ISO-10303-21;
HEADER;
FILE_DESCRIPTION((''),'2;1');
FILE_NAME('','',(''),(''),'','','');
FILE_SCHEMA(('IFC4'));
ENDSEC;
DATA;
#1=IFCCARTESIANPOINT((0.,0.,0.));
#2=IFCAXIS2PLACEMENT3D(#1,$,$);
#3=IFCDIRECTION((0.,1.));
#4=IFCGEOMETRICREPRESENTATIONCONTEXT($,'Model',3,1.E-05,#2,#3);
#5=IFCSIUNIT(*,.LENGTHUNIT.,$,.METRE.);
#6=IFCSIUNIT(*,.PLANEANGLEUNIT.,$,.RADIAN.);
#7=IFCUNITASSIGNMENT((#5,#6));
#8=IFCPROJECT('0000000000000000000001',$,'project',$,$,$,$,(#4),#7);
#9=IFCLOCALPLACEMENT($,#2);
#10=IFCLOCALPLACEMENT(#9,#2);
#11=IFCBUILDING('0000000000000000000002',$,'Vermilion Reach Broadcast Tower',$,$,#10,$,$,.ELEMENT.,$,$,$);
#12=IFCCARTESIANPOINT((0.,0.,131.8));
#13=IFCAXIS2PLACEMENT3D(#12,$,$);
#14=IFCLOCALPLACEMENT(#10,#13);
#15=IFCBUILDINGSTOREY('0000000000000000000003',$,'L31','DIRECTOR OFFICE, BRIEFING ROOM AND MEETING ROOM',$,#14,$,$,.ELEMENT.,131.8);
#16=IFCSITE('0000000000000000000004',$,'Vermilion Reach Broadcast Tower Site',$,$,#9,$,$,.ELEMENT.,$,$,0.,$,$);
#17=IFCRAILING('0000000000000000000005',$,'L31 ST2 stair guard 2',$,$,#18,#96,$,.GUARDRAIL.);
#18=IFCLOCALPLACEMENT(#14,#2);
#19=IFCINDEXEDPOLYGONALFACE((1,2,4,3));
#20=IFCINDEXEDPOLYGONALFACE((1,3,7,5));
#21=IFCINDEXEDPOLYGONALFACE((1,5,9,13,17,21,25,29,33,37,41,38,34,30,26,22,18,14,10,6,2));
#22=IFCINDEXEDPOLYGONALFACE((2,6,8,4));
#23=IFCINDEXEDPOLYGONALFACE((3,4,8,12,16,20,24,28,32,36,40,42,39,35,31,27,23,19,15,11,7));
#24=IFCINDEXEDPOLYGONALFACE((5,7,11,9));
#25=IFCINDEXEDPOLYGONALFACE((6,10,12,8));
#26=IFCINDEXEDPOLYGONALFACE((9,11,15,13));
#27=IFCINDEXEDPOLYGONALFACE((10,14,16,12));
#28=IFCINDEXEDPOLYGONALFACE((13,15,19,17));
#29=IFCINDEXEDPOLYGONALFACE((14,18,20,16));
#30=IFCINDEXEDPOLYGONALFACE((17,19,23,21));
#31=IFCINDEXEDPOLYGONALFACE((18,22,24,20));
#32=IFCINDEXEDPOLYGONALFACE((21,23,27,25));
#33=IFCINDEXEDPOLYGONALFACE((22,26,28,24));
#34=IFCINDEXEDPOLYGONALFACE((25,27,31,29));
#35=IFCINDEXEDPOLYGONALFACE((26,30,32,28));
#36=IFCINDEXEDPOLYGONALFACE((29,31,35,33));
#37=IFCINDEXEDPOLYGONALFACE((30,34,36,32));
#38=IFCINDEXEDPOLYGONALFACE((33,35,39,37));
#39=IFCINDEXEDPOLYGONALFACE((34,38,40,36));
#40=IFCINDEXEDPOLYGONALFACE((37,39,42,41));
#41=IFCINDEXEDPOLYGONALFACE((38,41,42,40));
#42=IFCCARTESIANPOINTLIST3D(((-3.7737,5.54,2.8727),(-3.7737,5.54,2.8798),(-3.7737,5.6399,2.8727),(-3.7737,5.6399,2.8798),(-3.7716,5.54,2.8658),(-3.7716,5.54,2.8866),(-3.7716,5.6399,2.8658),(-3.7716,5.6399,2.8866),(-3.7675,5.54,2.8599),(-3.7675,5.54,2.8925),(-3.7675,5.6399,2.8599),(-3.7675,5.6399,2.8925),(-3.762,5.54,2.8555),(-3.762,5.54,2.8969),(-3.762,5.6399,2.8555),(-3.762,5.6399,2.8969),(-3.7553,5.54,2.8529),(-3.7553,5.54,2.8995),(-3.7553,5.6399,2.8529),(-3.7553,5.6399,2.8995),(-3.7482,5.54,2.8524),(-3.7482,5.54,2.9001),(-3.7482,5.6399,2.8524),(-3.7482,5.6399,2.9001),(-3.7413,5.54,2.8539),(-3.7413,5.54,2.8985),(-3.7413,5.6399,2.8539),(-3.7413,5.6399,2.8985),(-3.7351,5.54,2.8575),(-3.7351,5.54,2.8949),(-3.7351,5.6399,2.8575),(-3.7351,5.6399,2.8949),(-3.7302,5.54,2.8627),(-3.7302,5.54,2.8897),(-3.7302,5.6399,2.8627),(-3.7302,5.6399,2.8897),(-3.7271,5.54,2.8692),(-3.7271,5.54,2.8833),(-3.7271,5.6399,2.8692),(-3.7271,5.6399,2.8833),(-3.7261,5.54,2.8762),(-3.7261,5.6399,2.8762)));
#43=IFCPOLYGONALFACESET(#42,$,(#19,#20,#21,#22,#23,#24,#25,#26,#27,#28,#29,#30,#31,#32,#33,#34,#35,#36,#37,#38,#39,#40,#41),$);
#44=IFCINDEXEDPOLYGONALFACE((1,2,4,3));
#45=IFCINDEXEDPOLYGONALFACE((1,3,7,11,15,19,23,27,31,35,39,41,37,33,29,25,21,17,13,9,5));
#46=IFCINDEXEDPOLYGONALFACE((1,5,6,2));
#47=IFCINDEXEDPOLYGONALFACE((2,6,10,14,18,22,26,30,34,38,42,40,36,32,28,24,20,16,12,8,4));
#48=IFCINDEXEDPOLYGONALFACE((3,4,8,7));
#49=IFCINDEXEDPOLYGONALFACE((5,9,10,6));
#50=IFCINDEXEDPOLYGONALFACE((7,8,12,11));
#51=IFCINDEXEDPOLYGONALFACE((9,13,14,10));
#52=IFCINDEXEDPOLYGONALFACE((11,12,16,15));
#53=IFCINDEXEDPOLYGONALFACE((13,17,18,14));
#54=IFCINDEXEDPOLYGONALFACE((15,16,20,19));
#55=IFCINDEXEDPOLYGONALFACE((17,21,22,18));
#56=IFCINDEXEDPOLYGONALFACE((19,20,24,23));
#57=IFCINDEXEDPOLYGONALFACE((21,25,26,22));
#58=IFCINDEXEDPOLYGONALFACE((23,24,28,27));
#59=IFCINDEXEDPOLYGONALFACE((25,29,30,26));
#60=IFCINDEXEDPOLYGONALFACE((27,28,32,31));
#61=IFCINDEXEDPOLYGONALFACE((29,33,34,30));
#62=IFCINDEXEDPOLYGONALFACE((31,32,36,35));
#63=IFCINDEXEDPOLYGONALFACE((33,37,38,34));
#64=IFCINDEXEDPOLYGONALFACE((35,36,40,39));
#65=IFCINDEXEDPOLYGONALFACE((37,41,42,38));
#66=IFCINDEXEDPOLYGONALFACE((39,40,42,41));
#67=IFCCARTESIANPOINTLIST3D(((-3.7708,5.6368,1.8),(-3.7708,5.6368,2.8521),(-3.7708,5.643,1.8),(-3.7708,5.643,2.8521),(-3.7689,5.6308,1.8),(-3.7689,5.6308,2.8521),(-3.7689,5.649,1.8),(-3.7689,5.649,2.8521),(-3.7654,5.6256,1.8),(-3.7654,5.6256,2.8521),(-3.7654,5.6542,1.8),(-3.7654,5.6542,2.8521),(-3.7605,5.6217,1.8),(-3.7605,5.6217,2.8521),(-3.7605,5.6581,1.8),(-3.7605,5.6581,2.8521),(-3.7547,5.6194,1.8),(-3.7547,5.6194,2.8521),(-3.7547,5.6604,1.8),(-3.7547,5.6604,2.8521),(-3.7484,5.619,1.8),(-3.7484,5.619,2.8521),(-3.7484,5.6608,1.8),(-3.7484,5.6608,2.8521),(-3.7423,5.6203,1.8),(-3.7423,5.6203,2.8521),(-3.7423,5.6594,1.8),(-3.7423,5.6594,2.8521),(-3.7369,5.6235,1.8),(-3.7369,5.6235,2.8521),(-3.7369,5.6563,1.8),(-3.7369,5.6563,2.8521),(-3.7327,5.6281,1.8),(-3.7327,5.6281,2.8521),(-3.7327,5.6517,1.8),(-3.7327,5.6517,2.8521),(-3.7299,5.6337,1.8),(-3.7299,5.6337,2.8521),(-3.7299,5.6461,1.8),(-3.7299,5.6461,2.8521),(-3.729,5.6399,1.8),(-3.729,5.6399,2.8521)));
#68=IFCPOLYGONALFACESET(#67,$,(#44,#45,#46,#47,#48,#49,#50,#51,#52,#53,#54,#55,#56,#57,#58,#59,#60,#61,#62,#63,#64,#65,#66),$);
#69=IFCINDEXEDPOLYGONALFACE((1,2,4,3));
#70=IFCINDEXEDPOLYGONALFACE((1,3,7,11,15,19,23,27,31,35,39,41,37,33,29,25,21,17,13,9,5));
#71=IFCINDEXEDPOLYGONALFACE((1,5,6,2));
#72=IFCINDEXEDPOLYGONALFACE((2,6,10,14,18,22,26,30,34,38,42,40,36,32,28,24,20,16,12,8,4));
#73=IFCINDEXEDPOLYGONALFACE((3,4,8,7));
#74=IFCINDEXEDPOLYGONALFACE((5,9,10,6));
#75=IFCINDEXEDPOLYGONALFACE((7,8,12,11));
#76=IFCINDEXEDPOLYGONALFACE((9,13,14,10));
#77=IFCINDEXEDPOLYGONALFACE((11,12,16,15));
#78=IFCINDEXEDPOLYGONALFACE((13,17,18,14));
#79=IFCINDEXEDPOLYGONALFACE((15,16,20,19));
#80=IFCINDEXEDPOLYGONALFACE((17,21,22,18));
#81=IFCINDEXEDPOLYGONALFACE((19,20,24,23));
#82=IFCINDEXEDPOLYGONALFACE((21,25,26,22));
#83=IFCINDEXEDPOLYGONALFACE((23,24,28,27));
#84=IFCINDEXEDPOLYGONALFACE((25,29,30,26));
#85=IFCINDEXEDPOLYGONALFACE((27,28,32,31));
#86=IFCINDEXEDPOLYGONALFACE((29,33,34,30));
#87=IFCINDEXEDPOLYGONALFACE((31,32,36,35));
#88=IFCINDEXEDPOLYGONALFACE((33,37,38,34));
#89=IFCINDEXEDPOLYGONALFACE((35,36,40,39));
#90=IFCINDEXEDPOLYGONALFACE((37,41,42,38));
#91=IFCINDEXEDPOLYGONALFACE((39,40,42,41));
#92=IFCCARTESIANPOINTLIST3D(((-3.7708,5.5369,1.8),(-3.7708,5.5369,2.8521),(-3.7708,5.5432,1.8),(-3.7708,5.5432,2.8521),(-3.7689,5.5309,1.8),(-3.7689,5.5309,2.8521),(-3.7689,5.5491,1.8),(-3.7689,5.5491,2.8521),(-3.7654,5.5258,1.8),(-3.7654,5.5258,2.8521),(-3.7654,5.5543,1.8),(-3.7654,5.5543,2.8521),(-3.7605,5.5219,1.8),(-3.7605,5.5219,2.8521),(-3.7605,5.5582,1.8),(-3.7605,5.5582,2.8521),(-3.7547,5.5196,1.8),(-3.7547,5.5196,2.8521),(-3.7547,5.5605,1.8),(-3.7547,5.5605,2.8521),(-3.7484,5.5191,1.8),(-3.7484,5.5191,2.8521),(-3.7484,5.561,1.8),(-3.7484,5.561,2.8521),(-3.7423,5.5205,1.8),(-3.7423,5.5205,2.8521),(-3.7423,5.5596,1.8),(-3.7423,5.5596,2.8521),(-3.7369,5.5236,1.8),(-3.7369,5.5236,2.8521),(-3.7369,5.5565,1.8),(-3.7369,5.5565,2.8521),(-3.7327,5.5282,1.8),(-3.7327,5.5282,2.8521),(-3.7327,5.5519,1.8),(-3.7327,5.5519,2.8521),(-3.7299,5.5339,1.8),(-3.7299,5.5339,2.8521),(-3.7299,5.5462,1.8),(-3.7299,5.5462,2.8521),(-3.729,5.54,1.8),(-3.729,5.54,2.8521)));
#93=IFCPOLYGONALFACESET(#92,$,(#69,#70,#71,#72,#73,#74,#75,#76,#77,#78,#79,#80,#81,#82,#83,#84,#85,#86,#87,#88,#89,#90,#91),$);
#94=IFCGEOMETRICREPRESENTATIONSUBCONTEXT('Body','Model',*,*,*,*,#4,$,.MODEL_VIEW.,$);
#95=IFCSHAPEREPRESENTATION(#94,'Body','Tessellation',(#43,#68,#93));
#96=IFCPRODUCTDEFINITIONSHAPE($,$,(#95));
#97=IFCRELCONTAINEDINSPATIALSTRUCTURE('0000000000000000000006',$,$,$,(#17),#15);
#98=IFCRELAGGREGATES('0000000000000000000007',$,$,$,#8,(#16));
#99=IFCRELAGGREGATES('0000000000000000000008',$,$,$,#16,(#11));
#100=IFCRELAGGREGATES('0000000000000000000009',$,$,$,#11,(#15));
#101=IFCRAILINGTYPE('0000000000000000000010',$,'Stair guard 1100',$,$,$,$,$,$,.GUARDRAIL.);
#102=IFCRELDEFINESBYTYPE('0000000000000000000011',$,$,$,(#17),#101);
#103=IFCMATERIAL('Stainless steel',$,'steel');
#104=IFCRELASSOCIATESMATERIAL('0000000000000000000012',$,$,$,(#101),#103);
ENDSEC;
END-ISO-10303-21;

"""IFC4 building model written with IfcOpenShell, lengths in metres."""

from ifc_helpers import new_model, si_unit, direction, frame, origin, origin_2d, place, context, subcontext, project, spatial, circle, extrude, material, type_object, element, save


model = new_model("IFC4")

# Units and contexts
model_context = context("Model", 3, precision=1e-05, world=origin(), true_north=direction((0.0, 1.0)))
body_context = subcontext(model_context, "Body", "Model", "MODEL_VIEW")
ifc_project = project(units=[si_unit("LENGTHUNIT", "METRE"), si_unit("PLANEANGLEUNIT", "RADIAN")], contexts=[model_context])

# Site, building, storey
site_placement = place(None, origin())
site = spatial("IfcSite", under=ifc_project, at=site_placement, Name="Vermilion Reach Broadcast Tower Site", CompositionType="ELEMENT", RefElevation=0.0)
building_placement = place(site_placement, origin())
building = spatial("IfcBuilding", under=site, at=building_placement, Name="Vermilion Reach Broadcast Tower", CompositionType="ELEMENT")
storey_placement = place(building_placement, frame((0.0, 0.0, 131.8)))
storey = spatial("IfcBuildingStorey", under=building, at=storey_placement, Name="L31", Description="DIRECTOR OFFICE, BRIEFING ROOM AND MEETING ROOM", CompositionType="ELEMENT", Elevation=131.8)

# Railing
ifc_material_1 = material(Name="Stainless steel", Category="steel")
railing_type_1 = type_object("IfcRailingType", Name="Stair guard 1100", PredefinedType="GUARDRAIL", material=ifc_material_1)
railing_1_placement = place(storey_placement, frame((-3.75, 5.6399, 1.8)))
element("IfcRailing", 1, at=railing_1_placement, inside=storey, type_object=railing_type_1, Name="L31 ST2 stair guard 2", PredefinedType="GUARDRAIL", context=body_context, shape_type="SweptSolid", body=[
    extrude(circle(Radius=0.0239, at=origin_2d()), frame((0.0, 0.0, 1.0762), z_axis=(0.0, -1.0, 0.0), x_axis=(1.0, 0.0, 0.0)), (0.0, 0.0, 1.0), 0.0999),
    extrude(circle(Radius=0.021, at=origin_2d()), origin(), (0.0, 0.0, 1.0), 1.052),
    extrude(circle(Radius=0.021, at=origin_2d()), frame((0.0, -0.0999, 0.0)), (0.0, 0.0, 1.0), 1.052),
])

save(model, "model.ifc")
